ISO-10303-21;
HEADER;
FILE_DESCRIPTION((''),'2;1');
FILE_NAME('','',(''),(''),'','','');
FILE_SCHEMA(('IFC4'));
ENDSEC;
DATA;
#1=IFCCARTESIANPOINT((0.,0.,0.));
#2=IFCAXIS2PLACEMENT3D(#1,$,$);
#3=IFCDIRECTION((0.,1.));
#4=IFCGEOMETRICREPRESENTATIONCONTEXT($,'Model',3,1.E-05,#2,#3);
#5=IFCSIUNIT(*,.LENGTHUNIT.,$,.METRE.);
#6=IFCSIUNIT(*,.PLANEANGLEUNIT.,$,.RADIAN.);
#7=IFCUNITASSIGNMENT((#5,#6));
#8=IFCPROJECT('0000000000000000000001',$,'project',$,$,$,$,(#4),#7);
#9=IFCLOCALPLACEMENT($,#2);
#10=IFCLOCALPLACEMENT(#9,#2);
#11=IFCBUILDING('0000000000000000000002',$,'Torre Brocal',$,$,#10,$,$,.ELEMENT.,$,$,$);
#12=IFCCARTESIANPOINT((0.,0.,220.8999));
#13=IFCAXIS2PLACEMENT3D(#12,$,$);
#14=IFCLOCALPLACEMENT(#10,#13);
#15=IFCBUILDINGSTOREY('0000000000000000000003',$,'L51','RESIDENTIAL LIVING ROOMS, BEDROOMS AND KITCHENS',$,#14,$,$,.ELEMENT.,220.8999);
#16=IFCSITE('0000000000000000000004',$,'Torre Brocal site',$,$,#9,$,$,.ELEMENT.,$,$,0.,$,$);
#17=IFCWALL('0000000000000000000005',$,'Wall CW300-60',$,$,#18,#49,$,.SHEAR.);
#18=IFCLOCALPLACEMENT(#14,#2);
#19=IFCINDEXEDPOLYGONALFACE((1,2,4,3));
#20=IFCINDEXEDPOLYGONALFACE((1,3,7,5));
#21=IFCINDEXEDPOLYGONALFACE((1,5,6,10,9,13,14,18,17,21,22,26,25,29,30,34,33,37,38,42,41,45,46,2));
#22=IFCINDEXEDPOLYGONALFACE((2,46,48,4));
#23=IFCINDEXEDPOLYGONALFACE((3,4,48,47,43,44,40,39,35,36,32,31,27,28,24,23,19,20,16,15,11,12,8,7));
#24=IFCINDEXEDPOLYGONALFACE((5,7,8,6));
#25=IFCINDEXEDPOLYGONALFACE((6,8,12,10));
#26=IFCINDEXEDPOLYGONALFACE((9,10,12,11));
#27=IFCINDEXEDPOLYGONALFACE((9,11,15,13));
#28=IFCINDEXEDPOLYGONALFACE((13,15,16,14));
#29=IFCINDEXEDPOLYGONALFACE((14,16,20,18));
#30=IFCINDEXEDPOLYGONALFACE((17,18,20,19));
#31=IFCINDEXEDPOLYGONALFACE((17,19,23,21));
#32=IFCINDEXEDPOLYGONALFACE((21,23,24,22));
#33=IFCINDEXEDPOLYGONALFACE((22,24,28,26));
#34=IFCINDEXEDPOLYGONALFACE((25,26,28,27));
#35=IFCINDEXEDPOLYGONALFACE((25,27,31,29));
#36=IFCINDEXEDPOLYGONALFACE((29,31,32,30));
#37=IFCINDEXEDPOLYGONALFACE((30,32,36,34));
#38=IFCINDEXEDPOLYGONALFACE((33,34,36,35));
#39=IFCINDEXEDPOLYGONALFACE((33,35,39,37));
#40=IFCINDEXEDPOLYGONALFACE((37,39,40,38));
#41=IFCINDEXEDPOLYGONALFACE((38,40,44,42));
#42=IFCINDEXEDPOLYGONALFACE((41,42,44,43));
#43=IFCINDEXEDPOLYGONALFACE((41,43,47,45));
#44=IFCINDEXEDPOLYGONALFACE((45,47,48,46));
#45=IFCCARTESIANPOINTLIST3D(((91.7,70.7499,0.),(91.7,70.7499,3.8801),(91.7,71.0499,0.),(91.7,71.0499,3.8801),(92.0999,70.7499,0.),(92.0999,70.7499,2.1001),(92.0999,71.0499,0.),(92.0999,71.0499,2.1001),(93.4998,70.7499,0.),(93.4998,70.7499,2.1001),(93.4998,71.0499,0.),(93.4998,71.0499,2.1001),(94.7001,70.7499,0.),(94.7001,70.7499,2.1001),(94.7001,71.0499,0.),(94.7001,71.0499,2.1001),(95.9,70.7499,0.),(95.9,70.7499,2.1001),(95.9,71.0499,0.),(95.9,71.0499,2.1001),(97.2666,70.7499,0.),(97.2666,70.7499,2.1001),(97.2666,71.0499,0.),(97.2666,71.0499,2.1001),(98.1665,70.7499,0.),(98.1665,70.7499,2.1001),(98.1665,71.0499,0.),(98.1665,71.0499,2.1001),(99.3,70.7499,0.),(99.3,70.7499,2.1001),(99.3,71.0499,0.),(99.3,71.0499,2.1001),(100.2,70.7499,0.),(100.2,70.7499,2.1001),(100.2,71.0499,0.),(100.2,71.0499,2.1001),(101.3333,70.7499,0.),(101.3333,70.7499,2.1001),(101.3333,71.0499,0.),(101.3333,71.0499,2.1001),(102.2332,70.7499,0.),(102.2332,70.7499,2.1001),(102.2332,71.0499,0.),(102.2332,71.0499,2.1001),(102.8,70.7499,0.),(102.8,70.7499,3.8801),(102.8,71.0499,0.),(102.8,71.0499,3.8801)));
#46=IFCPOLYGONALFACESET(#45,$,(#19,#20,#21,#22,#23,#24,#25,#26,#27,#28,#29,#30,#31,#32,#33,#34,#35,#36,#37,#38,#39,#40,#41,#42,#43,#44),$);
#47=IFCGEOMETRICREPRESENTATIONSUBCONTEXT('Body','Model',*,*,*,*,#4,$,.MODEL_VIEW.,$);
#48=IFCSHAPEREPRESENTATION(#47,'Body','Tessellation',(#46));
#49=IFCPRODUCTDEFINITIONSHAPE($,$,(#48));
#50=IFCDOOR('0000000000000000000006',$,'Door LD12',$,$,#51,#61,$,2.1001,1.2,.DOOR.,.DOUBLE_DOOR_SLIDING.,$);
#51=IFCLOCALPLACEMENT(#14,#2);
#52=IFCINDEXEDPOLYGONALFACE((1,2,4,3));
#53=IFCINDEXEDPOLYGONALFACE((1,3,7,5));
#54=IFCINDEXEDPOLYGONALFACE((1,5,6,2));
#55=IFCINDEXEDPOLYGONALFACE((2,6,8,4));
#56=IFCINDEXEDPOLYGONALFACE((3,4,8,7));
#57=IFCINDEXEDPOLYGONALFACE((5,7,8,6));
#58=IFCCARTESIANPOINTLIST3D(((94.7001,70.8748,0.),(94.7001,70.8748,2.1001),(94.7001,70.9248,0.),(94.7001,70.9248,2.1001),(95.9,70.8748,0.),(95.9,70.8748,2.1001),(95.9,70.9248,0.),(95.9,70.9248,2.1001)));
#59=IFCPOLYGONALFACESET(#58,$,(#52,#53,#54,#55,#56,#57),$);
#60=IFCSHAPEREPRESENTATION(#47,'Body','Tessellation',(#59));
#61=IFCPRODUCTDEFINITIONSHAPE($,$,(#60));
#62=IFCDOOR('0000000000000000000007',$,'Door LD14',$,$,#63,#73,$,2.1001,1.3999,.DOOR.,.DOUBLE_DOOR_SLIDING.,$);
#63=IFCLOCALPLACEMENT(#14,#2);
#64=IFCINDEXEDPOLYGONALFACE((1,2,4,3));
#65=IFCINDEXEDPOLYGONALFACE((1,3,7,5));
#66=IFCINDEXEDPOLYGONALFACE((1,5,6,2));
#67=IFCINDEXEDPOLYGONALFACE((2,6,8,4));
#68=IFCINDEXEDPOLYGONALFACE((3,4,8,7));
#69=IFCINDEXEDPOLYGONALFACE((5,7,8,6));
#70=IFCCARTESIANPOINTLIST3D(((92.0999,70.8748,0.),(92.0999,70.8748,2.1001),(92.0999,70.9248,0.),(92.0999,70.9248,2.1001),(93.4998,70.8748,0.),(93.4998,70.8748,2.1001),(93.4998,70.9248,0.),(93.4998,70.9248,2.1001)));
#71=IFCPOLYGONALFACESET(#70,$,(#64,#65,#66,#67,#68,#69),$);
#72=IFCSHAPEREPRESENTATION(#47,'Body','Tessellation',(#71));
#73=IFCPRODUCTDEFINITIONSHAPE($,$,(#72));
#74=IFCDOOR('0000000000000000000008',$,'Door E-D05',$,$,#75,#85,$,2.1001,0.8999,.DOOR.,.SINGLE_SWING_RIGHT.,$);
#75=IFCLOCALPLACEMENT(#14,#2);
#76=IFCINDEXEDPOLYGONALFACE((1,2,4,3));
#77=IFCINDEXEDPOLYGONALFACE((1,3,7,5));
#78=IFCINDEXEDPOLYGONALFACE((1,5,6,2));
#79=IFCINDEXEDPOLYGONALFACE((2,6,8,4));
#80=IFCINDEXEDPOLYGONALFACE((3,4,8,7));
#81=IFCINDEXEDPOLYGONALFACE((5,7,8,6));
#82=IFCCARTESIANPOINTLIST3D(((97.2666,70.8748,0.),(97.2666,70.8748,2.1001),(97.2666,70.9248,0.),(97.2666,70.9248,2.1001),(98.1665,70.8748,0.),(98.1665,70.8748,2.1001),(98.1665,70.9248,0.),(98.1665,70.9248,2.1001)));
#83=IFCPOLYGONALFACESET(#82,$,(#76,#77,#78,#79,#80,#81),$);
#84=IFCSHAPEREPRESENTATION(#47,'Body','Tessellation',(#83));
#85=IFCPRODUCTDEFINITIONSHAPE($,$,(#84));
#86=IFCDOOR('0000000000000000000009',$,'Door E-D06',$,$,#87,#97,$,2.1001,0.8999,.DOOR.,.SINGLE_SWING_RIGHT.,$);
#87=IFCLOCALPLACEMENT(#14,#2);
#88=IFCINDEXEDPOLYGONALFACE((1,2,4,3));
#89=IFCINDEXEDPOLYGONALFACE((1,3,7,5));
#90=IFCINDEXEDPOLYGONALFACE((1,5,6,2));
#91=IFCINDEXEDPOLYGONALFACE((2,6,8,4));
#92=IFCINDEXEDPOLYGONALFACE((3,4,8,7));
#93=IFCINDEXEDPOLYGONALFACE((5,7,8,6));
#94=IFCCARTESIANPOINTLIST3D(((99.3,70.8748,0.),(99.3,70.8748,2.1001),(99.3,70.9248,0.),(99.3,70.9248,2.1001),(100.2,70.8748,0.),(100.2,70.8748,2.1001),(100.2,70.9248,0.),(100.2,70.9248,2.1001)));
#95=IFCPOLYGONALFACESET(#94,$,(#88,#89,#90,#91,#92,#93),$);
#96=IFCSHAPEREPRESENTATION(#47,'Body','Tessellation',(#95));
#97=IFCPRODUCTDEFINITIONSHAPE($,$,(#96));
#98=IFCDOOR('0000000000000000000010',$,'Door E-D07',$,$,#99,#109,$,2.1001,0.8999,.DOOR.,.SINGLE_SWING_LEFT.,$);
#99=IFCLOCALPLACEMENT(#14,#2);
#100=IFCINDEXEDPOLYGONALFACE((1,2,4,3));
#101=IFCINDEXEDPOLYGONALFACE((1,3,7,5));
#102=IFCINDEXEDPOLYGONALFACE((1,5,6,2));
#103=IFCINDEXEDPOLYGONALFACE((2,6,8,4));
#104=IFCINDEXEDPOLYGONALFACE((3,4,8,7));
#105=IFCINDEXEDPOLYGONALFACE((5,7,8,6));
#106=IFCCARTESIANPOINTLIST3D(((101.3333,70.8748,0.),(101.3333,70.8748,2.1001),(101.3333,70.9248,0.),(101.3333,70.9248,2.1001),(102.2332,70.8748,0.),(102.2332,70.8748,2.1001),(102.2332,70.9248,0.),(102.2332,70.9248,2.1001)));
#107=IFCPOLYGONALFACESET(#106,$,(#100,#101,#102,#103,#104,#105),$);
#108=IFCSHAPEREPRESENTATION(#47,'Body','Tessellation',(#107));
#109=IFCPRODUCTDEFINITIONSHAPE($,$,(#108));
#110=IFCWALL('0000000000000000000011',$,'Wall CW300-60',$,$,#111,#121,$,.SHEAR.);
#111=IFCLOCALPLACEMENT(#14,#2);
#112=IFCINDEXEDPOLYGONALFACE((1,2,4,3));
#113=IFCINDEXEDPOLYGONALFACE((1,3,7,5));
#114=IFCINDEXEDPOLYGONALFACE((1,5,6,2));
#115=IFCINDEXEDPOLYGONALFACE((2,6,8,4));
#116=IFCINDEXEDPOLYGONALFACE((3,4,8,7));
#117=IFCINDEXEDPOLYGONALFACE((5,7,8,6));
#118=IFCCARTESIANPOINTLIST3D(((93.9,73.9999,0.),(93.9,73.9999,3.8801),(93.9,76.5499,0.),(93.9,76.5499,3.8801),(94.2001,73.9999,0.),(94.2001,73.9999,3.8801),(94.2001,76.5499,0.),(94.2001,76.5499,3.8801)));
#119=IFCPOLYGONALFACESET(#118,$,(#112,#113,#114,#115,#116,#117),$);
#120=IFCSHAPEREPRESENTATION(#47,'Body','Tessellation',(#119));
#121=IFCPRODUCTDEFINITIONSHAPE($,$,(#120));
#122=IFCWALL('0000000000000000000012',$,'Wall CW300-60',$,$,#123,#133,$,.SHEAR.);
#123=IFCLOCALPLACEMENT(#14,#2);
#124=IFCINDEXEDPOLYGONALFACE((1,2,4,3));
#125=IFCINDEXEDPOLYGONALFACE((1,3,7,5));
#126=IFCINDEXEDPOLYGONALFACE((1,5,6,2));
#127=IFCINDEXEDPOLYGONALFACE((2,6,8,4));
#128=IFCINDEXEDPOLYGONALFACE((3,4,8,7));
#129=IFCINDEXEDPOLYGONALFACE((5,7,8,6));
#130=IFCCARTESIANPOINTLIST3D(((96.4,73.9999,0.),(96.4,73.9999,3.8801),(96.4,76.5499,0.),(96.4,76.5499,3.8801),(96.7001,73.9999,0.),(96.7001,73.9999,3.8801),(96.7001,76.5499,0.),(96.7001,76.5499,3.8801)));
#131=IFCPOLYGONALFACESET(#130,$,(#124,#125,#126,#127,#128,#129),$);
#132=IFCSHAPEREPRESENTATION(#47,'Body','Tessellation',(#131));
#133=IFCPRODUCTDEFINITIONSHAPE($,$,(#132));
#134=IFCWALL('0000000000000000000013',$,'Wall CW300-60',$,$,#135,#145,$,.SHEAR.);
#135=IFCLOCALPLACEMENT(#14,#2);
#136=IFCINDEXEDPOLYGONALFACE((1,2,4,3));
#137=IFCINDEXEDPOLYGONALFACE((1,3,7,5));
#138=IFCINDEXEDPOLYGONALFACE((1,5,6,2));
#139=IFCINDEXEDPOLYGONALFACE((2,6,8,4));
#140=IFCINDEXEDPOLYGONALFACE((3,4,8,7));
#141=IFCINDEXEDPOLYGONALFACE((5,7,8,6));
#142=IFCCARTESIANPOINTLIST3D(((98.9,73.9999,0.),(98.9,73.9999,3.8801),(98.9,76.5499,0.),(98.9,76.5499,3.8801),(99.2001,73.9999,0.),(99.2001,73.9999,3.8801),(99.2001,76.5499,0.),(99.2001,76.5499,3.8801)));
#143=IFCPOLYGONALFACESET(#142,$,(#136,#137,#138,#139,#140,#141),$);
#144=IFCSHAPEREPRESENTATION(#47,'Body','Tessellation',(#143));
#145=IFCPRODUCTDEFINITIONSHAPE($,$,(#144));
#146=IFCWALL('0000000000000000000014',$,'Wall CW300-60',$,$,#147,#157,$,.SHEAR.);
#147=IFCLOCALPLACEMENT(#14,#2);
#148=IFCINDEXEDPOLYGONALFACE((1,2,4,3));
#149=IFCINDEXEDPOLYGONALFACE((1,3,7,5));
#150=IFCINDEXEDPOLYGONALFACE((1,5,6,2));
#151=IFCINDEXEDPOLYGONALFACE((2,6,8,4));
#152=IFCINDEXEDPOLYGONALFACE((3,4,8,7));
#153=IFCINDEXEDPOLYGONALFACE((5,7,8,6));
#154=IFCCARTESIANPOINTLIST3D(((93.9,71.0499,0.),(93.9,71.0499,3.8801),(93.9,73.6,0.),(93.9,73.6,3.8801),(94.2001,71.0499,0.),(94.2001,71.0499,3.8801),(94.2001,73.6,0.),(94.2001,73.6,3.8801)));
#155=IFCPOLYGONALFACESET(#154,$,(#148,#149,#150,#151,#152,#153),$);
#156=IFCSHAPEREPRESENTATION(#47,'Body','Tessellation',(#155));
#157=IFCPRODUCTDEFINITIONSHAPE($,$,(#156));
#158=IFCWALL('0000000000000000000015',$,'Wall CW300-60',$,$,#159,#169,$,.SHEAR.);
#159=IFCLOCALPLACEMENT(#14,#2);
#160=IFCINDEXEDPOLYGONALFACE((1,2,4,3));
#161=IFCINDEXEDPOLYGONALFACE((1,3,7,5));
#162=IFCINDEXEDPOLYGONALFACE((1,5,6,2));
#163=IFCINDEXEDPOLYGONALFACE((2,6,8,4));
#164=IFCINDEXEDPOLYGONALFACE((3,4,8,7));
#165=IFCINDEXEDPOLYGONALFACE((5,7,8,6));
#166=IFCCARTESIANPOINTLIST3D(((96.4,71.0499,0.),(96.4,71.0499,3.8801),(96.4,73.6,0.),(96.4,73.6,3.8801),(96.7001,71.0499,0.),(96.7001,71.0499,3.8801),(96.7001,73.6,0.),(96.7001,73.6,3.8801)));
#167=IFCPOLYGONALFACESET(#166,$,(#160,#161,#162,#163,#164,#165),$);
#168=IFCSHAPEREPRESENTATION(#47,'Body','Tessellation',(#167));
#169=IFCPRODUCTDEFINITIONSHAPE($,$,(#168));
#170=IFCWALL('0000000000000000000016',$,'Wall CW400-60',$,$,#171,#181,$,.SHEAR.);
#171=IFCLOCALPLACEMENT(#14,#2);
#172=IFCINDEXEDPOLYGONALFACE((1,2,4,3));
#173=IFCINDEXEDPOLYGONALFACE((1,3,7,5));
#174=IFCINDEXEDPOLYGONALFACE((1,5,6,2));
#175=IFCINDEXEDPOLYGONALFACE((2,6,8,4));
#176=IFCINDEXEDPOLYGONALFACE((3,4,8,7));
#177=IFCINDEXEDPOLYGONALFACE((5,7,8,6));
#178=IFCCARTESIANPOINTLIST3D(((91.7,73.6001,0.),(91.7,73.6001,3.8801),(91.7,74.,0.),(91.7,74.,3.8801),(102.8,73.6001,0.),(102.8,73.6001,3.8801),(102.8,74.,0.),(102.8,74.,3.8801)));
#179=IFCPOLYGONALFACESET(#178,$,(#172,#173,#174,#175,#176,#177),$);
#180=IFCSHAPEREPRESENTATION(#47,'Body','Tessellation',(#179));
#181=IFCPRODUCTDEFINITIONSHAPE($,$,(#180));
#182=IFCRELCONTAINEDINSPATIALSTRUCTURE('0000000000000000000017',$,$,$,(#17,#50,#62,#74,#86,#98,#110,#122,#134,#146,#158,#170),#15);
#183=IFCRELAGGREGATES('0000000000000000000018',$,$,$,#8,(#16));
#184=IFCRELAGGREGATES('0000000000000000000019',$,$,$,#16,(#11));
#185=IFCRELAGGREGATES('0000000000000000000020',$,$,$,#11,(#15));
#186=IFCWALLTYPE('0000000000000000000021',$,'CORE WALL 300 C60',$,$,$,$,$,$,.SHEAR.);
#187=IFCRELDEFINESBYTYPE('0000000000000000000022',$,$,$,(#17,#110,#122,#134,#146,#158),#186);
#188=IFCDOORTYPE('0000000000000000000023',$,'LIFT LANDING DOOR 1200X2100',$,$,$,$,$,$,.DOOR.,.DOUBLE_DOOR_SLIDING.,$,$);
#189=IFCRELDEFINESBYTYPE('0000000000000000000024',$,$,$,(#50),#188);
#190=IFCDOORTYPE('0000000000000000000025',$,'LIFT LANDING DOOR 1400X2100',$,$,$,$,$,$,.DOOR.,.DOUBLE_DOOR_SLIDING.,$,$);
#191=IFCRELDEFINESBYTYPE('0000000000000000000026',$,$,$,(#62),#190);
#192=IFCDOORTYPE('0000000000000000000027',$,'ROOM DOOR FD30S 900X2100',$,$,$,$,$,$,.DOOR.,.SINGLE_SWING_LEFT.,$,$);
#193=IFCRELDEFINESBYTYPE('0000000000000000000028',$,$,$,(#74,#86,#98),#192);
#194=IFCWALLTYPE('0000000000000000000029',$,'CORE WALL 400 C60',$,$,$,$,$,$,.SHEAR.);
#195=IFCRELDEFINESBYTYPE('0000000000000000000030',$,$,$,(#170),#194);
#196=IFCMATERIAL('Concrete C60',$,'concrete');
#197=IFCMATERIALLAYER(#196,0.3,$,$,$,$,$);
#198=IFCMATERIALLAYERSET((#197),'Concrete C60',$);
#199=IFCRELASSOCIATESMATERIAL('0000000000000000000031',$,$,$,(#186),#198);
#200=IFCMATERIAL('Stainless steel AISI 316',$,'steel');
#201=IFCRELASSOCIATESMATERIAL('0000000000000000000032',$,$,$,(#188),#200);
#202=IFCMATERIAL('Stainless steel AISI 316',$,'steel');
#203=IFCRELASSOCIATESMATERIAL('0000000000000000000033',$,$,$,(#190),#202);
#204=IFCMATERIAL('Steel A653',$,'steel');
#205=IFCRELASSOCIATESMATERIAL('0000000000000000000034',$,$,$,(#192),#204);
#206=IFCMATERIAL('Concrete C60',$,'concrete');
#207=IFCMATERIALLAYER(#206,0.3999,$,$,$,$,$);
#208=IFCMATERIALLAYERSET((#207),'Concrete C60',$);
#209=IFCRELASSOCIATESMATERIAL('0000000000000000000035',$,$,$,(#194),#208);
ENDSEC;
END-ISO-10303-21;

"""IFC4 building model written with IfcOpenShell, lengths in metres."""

from ifc_helpers import new_model, si_unit, direction, frame, frame_2d, origin, place, context, subcontext, project, spatial, rectangle, extrude, material, layer, layer_set, type_object, element, fill, save


model = new_model("IFC4")

# Units and contexts
model_context = context("Model", 3, precision=1e-05, world=origin(), true_north=direction((0.0, 1.0)))
body_context = subcontext(model_context, "Body", "Model", "MODEL_VIEW")
ifc_project = project(units=[si_unit("LENGTHUNIT", "METRE"), si_unit("PLANEANGLEUNIT", "RADIAN")], contexts=[model_context])

# Site, building, storey
site_placement = place(None, origin())
site = spatial("IfcSite", under=ifc_project, at=site_placement, Name="Torre Brocal site", CompositionType="ELEMENT", RefElevation=0.0)
building_placement = place(site_placement, origin())
building = spatial("IfcBuilding", under=site, at=building_placement, Name="Torre Brocal", CompositionType="ELEMENT")
storey_placement = place(building_placement, frame((0.0, 0.0, 220.8999)))
storey = spatial("IfcBuildingStorey", under=building, at=storey_placement, Name="L51", Description="RESIDENTIAL LIVING ROOMS, BEDROOMS AND KITCHENS", CompositionType="ELEMENT", Elevation=220.8999)

# Wall, openings, doors
ifc_material_1 = material(Name="Concrete C60", Category="concrete")
ifc_layer_1 = layer(ifc_material_1, 0.3)
ifc_layer_set_1 = layer_set([ifc_layer_1], Name="Concrete C60")
wall_type_1 = type_object("IfcWallType", Name="CORE WALL 300 C60", PredefinedType="SHEAR", material=ifc_layer_set_1)
wall_1_placement = place(storey_placement, frame((91.7, 70.8999, 0.0), z_axis=(0.0, 0.0, 1.0), x_axis=(1.0, 0.0, 0.0)))
wall_1 = element("IfcWall", 1, at=wall_1_placement, inside=storey, type_object=wall_type_1, Name="Wall CW300-60", PredefinedType="SHEAR", context=body_context, shape_type="SweptSolid", body=[
    extrude(rectangle(XDim=11.1001, YDim=0.3, at=frame_2d((5.55, 0.0))), origin(), (0.0, 0.0, 1.0), 3.8801),
])
opening_1_placement = place(wall_1_placement, frame((0.3999, 0.0, 0.0)))
opening_1 = element("IfcOpeningElement", 2, at=opening_1_placement, cuts=wall_1, PredefinedType="OPENING", context=body_context, shape_type="SweptSolid", body=[
    extrude(rectangle(XDim=1.3999, YDim=2.1001, at=frame_2d((0.7, 1.05))), frame((0.0, 0.1599, 0.0), z_axis=(0.0, -1.0, 0.0), x_axis=(1.0, 0.0, 0.0)), (0.0, 0.0, 1.0), 0.3201),
])
opening_2_placement = place(wall_1_placement, frame((3.0, 0.0, 0.0)))
opening_2 = element("IfcOpeningElement", 3, at=opening_2_placement, cuts=wall_1, PredefinedType="OPENING", context=body_context, shape_type="SweptSolid", body=[
    extrude(rectangle(XDim=1.2, YDim=2.1001, at=frame_2d((0.6001, 1.05))), frame((0.0, 0.1599, 0.0), z_axis=(0.0, -1.0, 0.0), x_axis=(1.0, 0.0, 0.0)), (0.0, 0.0, 1.0), 0.3201),
])
opening_3_placement = place(wall_1_placement, frame((5.5667, 0.0, 0.0)))
opening_3 = element("IfcOpeningElement", 4, at=opening_3_placement, cuts=wall_1, PredefinedType="OPENING", context=body_context, shape_type="SweptSolid", body=[
    extrude(rectangle(XDim=0.8999, YDim=2.1001, at=frame_2d((0.45, 1.05))), frame((0.0, 0.1599, 0.0), z_axis=(0.0, -1.0, 0.0), x_axis=(1.0, 0.0, 0.0)), (0.0, 0.0, 1.0), 0.3201),
])
opening_4_placement = place(wall_1_placement, frame((7.6001, 0.0, 0.0)))
opening_4 = element("IfcOpeningElement", 5, at=opening_4_placement, cuts=wall_1, PredefinedType="OPENING", context=body_context, shape_type="SweptSolid", body=[
    extrude(rectangle(XDim=0.8999, YDim=2.1001, at=frame_2d((0.45, 1.05))), frame((0.0, 0.1599, 0.0), z_axis=(0.0, -1.0, 0.0), x_axis=(1.0, 0.0, 0.0)), (0.0, 0.0, 1.0), 0.3201),
])
opening_5_placement = place(wall_1_placement, frame((9.6333, 0.0, 0.0)))
opening_5 = element("IfcOpeningElement", 6, at=opening_5_placement, cuts=wall_1, PredefinedType="OPENING", context=body_context, shape_type="SweptSolid", body=[
    extrude(rectangle(XDim=0.8999, YDim=2.1001, at=frame_2d((0.45, 1.05))), frame((0.0, 0.1599, 0.0), z_axis=(0.0, -1.0, 0.0), x_axis=(1.0, 0.0, 0.0)), (0.0, 0.0, 1.0), 0.3201),
])
ifc_material_2 = material(Name="Stainless steel AISI 316", Category="steel")
door_type_1 = type_object("IfcDoorType", Name="LIFT LANDING DOOR 1200X2100", OperationType="DOUBLE_DOOR_SLIDING", PredefinedType="DOOR", material=ifc_material_2)
door_1_placement = place(opening_2_placement, origin())
door_1 = element("IfcDoor", 7, at=door_1_placement, inside=storey, type_object=door_type_1, Name="Door LD12", OperationType="DOUBLE_DOOR_SLIDING", OverallHeight=2.1001, OverallWidth=1.2, PredefinedType="DOOR", context=body_context, shape_type="SweptSolid", body=[
    extrude(rectangle(XDim=1.2, YDim=2.1001, at=frame_2d((0.6001, 1.05))), frame((0.0, 0.0249, 0.0), z_axis=(0.0, -1.0, 0.0), x_axis=(1.0, 0.0, 0.0)), (0.0, 0.0, 1.0), 0.05),
])
fill(opening_2, door_1)
ifc_material_3 = material(Name="Stainless steel AISI 316", Category="steel")
door_type_2 = type_object("IfcDoorType", Name="LIFT LANDING DOOR 1400X2100", OperationType="DOUBLE_DOOR_SLIDING", PredefinedType="DOOR", material=ifc_material_3)
door_2_placement = place(opening_1_placement, origin())
door_2 = element("IfcDoor", 8, at=door_2_placement, inside=storey, type_object=door_type_2, Name="Door LD14", OperationType="DOUBLE_DOOR_SLIDING", OverallHeight=2.1001, OverallWidth=1.3999, PredefinedType="DOOR", context=body_context, shape_type="SweptSolid", body=[
    extrude(rectangle(XDim=1.3999, YDim=2.1001, at=frame_2d((0.7, 1.05))), frame((0.0, 0.0249, 0.0), z_axis=(0.0, -1.0, 0.0), x_axis=(1.0, 0.0, 0.0)), (0.0, 0.0, 1.0), 0.05),
])
fill(opening_1, door_2)
ifc_material_4 = material(Name="Steel A653", Category="steel")
door_type_3 = type_object("IfcDoorType", Name="ROOM DOOR FD30S 900X2100", OperationType="SINGLE_SWING_LEFT", PredefinedType="DOOR", material=ifc_material_4)
door_3_placement = place(opening_3_placement, origin())
door_3 = element("IfcDoor", 9, at=door_3_placement, inside=storey, type_object=door_type_3, Name="Door E-D05", OperationType="SINGLE_SWING_RIGHT", OverallHeight=2.1001, OverallWidth=0.8999, PredefinedType="DOOR", context=body_context, shape_type="SweptSolid", body=[
    extrude(rectangle(XDim=0.8999, YDim=2.1001, at=frame_2d((0.45, 1.05))), frame((0.0, 0.0249, 0.0), z_axis=(0.0, -1.0, 0.0), x_axis=(1.0, 0.0, 0.0)), (0.0, 0.0, 1.0), 0.05),
])
fill(opening_3, door_3)
door_4_placement = place(opening_4_placement, origin())
door_4 = element("IfcDoor", 10, at=door_4_placement, inside=storey, type_object=door_type_3, Name="Door E-D06", OperationType="SINGLE_SWING_RIGHT", OverallHeight=2.1001, OverallWidth=0.8999, PredefinedType="DOOR", context=body_context, shape_type="SweptSolid", body=[
    extrude(rectangle(XDim=0.8999, YDim=2.1001, at=frame_2d((0.45, 1.05))), frame((0.0, 0.0249, 0.0), z_axis=(0.0, -1.0, 0.0), x_axis=(1.0, 0.0, 0.0)), (0.0, 0.0, 1.0), 0.05),
])
fill(opening_4, door_4)
door_5_placement = place(opening_5_placement, origin())
door_5 = element("IfcDoor", 11, at=door_5_placement, inside=storey, type_object=door_type_3, Name="Door E-D07", OperationType="SINGLE_SWING_LEFT", OverallHeight=2.1001, OverallWidth=0.8999, PredefinedType="DOOR", context=body_context, shape_type="SweptSolid", body=[
    extrude(rectangle(XDim=0.8999, YDim=2.1001, at=frame_2d((0.45, 1.05))), frame((0.0, 0.0249, 0.0), z_axis=(0.0, -1.0, 0.0), x_axis=(1.0, 0.0, 0.0)), (0.0, 0.0, 1.0), 0.05),
])
fill(opening_5, door_5)

# Walls
for number, where, z_axis, x_axis, name in (
    (12, (94.05, 74.0, 0.0), (0.0, 0.0, 1.0), (0.0, 1.0, 0.0), "Wall CW300-60"),
    (13, (96.55, 74.0, 0.0), (0.0, 0.0, 1.0), (0.0, 1.0, 0.0), "Wall CW300-60"),
    (14, (99.05, 74.0, 0.0), (0.0, 0.0, 1.0), (0.0, 1.0, 0.0), "Wall CW300-60"),
    (15, (94.05, 71.05, 0.0), (0.0, 0.0, 1.0), (0.0, 1.0, 0.0), "Wall CW300-60"),
    (16, (96.55, 71.05, 0.0), (0.0, 0.0, 1.0), (0.0, 1.0, 0.0), "Wall CW300-60"),
):
    element("IfcWall", number, at=place(storey_placement, frame(where, z_axis=z_axis, x_axis=x_axis)), inside=storey, type_object=wall_type_1, Name=name, PredefinedType="SHEAR", context=body_context, shape_type="SweptSolid", body=[
        extrude(rectangle(XDim=2.55, YDim=0.3, at=frame_2d((1.2749, 0.0))), origin(), (0.0, 0.0, 1.0), 3.8801),
    ])
ifc_material_5 = material(Name="Concrete C60", Category="concrete")
ifc_layer_2 = layer(ifc_material_5, 0.3999)
ifc_layer_set_2 = layer_set([ifc_layer_2], Name="Concrete C60")
wall_type_2 = type_object("IfcWallType", Name="CORE WALL 400 C60", PredefinedType="SHEAR", material=ifc_layer_set_2)
wall_2_placement = place(storey_placement, frame((91.7, 73.8, 0.0), z_axis=(0.0, 0.0, 1.0), x_axis=(1.0, 0.0, 0.0)))
element("IfcWall", 17, at=wall_2_placement, inside=storey, type_object=wall_type_2, Name="Wall CW400-60", PredefinedType="SHEAR", context=body_context, shape_type="SweptSolid", body=[
    extrude(rectangle(XDim=11.1001, YDim=0.3999, at=frame_2d((5.55, 0.0))), origin(), (0.0, 0.0, 1.0), 3.8801),
])

save(model, "model.ifc")
